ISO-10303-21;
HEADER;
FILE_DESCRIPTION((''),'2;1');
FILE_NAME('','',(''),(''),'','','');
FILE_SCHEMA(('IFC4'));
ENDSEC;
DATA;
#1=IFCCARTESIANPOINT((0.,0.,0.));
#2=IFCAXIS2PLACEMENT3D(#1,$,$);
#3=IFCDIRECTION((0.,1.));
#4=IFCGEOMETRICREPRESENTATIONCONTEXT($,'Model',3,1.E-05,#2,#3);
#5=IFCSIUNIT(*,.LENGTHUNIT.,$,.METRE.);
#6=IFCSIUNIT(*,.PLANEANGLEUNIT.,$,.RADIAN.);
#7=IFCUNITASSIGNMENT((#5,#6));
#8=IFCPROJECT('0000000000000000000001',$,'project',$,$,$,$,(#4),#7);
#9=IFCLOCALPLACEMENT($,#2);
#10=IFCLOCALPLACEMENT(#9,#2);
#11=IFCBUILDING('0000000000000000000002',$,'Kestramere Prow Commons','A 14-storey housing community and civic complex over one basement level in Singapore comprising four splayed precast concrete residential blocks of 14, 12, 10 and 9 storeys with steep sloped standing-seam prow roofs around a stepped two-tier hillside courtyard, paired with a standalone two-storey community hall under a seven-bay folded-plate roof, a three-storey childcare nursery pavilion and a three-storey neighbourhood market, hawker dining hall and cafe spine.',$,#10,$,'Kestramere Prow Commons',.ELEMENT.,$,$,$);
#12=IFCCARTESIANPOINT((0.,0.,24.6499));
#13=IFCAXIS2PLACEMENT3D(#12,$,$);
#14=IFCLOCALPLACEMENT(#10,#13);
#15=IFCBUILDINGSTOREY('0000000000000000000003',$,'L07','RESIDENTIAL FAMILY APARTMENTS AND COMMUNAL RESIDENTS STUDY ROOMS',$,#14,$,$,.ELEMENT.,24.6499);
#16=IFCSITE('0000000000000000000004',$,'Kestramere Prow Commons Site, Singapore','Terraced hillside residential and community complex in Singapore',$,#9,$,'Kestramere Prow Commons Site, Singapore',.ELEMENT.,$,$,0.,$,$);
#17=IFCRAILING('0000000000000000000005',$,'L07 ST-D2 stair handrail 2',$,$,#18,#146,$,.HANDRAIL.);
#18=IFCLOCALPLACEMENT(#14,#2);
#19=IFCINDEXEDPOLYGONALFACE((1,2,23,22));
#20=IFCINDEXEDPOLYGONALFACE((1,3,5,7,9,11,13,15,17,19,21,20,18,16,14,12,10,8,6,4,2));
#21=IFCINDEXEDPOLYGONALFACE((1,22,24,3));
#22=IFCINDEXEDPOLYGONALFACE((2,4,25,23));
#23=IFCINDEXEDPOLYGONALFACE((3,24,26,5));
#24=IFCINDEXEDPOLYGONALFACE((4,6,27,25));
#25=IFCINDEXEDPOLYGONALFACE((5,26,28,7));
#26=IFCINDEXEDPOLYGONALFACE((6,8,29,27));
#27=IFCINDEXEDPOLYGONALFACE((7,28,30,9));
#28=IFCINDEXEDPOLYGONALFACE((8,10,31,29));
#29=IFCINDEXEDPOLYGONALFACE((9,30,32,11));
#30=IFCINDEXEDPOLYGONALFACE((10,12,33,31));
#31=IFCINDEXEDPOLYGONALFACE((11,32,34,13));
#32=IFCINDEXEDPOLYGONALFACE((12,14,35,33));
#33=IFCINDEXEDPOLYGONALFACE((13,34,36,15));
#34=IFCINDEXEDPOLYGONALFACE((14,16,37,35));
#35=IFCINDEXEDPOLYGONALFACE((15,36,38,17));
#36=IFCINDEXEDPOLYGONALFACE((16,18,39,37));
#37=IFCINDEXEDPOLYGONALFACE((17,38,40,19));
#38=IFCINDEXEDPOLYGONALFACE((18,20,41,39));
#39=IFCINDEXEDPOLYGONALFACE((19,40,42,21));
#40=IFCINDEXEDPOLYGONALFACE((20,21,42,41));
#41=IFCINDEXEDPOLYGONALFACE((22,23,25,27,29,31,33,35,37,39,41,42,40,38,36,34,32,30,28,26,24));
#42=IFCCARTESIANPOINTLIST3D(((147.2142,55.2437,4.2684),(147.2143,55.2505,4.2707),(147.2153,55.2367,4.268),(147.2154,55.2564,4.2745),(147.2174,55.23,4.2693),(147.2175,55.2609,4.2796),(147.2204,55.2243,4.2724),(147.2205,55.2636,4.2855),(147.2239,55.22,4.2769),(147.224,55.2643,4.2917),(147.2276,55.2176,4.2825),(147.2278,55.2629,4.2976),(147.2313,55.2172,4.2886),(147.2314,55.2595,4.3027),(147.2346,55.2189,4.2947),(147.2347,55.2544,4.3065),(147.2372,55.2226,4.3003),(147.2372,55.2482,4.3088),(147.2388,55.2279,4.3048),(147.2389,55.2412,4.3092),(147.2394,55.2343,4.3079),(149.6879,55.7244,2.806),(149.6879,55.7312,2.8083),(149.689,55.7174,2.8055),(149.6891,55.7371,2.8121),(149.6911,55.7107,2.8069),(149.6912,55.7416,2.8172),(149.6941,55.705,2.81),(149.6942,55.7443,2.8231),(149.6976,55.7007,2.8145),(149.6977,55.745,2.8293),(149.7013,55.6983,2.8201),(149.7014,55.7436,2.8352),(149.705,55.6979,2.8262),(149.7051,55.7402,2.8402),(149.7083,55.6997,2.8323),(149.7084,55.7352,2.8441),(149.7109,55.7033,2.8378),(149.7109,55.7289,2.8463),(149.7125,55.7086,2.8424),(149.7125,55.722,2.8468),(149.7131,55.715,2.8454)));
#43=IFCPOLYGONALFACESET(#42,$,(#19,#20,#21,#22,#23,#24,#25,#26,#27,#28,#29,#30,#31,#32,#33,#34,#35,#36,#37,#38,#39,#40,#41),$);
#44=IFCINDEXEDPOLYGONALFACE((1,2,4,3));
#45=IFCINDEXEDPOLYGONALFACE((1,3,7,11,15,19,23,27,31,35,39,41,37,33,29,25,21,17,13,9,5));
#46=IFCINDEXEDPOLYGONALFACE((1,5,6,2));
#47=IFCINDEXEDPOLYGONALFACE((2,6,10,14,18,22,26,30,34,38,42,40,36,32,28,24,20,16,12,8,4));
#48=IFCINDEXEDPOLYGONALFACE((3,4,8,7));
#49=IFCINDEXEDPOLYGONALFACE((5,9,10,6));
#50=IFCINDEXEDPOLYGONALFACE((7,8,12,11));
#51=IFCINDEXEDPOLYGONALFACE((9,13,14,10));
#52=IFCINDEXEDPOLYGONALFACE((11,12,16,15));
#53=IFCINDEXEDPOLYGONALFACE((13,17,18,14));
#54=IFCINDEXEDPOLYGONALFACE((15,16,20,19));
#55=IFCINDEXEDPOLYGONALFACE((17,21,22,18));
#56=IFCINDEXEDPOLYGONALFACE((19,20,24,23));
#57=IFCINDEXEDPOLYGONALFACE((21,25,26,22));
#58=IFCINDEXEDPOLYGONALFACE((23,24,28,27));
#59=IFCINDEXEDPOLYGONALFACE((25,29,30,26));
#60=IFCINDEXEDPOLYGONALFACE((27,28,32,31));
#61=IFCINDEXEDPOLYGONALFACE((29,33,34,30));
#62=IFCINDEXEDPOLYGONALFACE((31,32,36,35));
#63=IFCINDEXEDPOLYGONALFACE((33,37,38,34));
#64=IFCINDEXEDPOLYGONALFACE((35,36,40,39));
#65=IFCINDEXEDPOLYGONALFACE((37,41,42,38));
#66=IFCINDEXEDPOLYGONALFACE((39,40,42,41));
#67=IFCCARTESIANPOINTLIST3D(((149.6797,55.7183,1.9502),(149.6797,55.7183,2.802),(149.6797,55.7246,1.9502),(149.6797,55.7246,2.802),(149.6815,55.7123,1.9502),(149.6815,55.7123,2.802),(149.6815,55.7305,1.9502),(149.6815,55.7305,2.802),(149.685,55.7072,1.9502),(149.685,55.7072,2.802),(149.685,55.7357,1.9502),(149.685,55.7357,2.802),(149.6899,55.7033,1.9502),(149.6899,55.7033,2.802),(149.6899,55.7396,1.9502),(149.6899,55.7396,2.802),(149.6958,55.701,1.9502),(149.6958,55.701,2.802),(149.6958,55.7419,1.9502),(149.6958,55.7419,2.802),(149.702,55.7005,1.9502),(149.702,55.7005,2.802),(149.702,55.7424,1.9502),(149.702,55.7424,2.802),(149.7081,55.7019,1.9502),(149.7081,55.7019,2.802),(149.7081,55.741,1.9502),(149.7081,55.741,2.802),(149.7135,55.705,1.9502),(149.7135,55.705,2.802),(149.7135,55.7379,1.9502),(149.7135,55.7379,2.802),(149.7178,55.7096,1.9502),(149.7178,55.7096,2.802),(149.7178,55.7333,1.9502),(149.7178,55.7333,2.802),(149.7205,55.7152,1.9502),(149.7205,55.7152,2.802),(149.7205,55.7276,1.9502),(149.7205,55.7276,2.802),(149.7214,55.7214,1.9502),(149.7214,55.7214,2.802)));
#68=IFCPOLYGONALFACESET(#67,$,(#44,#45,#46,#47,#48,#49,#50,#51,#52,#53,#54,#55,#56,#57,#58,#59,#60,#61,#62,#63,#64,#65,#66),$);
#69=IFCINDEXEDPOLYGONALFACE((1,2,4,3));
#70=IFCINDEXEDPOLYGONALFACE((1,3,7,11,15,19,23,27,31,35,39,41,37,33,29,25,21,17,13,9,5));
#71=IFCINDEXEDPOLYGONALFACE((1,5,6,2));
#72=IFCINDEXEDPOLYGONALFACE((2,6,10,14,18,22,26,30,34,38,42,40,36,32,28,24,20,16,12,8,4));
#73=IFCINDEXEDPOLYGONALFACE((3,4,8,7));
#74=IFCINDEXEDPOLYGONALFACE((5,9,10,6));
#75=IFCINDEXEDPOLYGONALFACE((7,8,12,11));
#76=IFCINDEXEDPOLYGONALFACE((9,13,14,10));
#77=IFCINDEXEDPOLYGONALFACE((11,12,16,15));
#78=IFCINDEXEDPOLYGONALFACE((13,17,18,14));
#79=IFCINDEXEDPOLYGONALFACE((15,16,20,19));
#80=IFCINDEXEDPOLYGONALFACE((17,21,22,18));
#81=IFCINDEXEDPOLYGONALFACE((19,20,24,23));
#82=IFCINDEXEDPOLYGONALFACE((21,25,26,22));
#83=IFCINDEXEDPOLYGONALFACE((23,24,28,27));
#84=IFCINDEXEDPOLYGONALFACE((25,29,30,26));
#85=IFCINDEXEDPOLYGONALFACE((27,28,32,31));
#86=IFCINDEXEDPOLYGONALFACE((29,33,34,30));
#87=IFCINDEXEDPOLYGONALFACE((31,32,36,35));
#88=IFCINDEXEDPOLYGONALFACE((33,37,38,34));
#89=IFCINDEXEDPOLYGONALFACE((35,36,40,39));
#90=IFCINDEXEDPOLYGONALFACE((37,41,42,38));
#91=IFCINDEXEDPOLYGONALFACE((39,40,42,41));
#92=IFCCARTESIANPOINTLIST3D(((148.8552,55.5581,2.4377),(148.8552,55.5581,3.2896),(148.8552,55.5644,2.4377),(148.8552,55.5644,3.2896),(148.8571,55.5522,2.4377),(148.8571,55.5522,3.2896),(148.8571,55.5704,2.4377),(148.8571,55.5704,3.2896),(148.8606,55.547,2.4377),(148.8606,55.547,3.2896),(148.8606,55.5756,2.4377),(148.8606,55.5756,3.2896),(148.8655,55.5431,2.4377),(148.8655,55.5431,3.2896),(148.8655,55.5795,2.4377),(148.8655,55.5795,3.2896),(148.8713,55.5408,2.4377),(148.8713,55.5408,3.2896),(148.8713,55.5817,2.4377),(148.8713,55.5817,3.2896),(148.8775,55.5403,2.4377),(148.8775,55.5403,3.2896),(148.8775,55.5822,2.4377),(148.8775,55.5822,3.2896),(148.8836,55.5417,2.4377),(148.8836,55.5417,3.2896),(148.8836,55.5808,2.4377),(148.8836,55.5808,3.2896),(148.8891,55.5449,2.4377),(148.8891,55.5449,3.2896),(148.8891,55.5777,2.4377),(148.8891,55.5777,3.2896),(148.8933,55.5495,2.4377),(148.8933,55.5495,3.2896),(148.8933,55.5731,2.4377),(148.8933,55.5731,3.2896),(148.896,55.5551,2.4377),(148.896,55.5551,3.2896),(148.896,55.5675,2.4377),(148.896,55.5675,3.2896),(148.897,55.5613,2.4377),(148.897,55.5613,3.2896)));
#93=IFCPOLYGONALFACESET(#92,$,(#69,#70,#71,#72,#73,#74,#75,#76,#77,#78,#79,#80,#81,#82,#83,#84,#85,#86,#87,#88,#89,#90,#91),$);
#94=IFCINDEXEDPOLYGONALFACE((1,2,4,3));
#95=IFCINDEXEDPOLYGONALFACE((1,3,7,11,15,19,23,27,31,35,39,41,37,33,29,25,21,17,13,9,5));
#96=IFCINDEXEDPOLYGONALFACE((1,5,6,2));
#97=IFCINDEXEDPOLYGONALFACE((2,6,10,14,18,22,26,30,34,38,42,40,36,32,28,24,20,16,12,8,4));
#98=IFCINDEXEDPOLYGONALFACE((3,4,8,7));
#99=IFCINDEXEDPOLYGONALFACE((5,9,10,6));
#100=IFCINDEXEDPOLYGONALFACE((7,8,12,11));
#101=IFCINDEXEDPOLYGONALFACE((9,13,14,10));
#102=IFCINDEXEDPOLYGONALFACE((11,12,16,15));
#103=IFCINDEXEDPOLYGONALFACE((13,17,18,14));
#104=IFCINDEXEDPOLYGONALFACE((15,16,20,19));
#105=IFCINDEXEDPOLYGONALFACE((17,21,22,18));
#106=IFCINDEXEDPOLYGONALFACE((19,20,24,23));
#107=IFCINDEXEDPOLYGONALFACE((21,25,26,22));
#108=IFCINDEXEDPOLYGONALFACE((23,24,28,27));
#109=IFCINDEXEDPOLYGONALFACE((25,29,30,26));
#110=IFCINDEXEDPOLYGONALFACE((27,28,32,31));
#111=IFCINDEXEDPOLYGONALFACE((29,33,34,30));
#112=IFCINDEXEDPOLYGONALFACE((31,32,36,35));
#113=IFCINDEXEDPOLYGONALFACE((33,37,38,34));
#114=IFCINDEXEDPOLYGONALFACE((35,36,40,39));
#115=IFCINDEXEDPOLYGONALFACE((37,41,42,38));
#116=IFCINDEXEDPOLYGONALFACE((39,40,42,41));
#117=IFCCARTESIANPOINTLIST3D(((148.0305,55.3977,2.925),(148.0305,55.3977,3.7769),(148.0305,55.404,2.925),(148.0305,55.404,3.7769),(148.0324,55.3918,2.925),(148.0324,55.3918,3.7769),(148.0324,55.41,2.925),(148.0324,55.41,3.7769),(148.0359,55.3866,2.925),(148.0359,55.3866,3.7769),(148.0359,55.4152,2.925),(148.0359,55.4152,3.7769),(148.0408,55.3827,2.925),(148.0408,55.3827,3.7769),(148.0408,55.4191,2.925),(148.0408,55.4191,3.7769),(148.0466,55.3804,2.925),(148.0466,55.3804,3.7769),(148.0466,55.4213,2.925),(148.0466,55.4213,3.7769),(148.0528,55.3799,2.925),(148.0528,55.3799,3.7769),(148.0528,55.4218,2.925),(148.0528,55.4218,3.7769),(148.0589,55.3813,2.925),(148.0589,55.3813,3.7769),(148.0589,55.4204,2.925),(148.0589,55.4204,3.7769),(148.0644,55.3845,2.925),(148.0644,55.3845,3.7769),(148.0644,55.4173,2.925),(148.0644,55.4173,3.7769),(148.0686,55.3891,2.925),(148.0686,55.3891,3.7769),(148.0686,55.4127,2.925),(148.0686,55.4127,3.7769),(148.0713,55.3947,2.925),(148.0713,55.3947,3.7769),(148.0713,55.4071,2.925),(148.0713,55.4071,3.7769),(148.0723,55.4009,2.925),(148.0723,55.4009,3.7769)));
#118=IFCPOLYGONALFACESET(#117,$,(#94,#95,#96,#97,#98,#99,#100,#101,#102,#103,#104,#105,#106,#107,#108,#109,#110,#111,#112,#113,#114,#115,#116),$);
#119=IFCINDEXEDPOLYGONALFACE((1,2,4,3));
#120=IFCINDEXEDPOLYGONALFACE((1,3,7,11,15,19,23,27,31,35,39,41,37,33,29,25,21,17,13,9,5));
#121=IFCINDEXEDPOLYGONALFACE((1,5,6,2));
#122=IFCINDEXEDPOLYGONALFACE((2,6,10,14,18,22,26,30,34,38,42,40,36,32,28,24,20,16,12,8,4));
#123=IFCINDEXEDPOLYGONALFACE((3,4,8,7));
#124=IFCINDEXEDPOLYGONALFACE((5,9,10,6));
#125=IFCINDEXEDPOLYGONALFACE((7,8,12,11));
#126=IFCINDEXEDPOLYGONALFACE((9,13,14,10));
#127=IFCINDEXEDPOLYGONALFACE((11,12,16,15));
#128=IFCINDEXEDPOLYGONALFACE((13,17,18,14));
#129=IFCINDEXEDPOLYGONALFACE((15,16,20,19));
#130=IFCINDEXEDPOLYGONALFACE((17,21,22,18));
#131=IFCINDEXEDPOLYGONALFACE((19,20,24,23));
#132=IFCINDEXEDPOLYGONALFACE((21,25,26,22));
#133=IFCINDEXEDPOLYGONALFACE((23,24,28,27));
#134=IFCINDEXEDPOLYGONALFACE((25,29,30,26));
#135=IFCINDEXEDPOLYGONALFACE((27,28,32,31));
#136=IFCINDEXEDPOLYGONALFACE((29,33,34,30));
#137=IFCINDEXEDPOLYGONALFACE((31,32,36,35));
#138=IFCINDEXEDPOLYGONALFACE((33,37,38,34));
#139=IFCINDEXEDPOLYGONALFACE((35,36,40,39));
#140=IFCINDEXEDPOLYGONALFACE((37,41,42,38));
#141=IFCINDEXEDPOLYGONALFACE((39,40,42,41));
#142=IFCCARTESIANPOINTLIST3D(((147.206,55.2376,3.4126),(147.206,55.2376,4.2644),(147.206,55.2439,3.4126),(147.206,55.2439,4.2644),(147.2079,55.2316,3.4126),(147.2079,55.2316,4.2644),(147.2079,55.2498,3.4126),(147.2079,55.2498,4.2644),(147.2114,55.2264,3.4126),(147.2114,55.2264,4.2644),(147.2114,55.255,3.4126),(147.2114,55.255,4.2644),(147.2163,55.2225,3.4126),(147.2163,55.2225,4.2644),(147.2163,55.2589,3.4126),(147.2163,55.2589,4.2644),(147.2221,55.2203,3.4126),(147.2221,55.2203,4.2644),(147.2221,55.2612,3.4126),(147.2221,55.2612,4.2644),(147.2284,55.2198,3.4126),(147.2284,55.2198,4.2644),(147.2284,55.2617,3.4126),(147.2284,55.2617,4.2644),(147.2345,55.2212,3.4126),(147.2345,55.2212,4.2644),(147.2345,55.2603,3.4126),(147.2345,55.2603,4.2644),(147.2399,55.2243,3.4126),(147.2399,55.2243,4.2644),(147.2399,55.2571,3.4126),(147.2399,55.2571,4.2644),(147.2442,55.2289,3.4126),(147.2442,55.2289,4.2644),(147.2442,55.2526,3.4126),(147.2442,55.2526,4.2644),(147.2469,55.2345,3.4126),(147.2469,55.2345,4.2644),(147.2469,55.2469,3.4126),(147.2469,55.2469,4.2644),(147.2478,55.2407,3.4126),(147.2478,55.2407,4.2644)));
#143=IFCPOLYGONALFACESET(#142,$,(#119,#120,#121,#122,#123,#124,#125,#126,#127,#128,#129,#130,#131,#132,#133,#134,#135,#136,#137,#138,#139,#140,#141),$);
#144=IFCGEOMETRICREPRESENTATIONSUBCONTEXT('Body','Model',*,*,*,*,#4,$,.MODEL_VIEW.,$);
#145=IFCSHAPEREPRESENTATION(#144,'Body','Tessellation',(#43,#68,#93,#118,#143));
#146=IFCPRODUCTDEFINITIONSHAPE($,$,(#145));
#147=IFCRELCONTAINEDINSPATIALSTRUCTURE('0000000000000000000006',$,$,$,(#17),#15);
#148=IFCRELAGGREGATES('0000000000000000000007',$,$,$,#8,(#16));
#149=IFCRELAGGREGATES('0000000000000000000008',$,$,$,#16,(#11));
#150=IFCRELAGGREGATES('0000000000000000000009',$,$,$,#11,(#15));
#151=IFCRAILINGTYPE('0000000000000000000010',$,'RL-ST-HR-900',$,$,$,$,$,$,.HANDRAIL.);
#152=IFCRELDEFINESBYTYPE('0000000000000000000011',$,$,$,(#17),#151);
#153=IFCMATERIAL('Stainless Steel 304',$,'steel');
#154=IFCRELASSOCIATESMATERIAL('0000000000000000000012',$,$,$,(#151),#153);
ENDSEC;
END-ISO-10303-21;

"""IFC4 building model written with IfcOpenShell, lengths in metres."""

from ifc_helpers import new_model, si_unit, direction, frame, origin, origin_2d, place, context, subcontext, project, spatial, circle, extrude, material, type_object, element, save


model = new_model("IFC4")

# Units and contexts
model_context = context("Model", 3, precision=1e-05, world=origin(), true_north=direction((0.0, 1.0)))
body_context = subcontext(model_context, "Body", "Model", "MODEL_VIEW")
ifc_project = project(units=[si_unit("LENGTHUNIT", "METRE"), si_unit("PLANEANGLEUNIT", "RADIAN")], contexts=[model_context])

# Site, building, storey
site_placement = place(None, origin())
site = spatial("IfcSite", under=ifc_project, at=site_placement, Name="Kestramere Prow Commons Site, Singapore", Description="Terraced hillside residential and community complex in Singapore", LongName="Kestramere Prow Commons Site, Singapore", CompositionType="ELEMENT", RefElevation=0.0)
building_placement = place(site_placement, origin())
building = spatial("IfcBuilding", under=site, at=building_placement, Name="Kestramere Prow Commons", Description="A 14-storey housing community and civic complex over one basement level in Singapore comprising four splayed precast concrete residential blocks of 14, 12, 10 and 9 storeys with steep sloped standing-seam prow roofs around a stepped two-tier hillside courtyard, paired with a standalone two-storey community hall under a seven-bay folded-plate roof, a three-storey childcare nursery pavilion and a three-storey neighbourhood market, hawker dining hall and cafe spine.", LongName="Kestramere Prow Commons", CompositionType="ELEMENT")
storey_placement = place(building_placement, frame((0.0, 0.0, 24.6499)))
storey = spatial("IfcBuildingStorey", under=building, at=storey_placement, Name="L07", Description="RESIDENTIAL FAMILY APARTMENTS AND COMMUNAL RESIDENTS STUDY ROOMS", CompositionType="ELEMENT", Elevation=24.6499)

# Railing
ifc_material_1 = material(Name="Stainless Steel 304", Category="steel")
railing_type_1 = type_object("IfcRailingType", Name="RL-ST-HR-900", PredefinedType="HANDRAIL", material=ifc_material_1)
for number, where, name in (
    (1, (149.7004, 55.7214, 1.9502), "L07 ST-D2 stair handrail 2"),
):
    element("IfcRailing", number, at=place(storey_placement, frame(where)), inside=storey, type_object=railing_type_1, Name=name, PredefinedType="HANDRAIL", context=body_context, shape_type="SweptSolid", body=[
        extrude(circle(Radius=0.0239, at=origin_2d()), frame((0.0, 0.0, 0.876), z_axis=(-0.84902, -0.164994, 0.501938), x_axis=(0.190766, -0.981636, 0.0)), (0.0, 0.0, 1.0), 2.9136),
        extrude(circle(Radius=0.021, at=origin_2d()), origin(), (0.0, 0.0, 1.0), 0.8518),
        extrude(circle(Radius=0.021, at=origin_2d()), frame((-0.8245, -0.1602, 0.4875)), (0.0, 0.0, 1.0), 0.8518),
        extrude(circle(Radius=0.021, at=origin_2d()), frame((-1.6492, -0.3206, 0.9749)), (0.0, 0.0, 1.0), 0.8518),
        extrude(circle(Radius=0.021, at=origin_2d()), frame((-2.4736, -0.4807, 1.4624)), (0.0, 0.0, 1.0), 0.8518),
    ])

save(model, "model.ifc")
